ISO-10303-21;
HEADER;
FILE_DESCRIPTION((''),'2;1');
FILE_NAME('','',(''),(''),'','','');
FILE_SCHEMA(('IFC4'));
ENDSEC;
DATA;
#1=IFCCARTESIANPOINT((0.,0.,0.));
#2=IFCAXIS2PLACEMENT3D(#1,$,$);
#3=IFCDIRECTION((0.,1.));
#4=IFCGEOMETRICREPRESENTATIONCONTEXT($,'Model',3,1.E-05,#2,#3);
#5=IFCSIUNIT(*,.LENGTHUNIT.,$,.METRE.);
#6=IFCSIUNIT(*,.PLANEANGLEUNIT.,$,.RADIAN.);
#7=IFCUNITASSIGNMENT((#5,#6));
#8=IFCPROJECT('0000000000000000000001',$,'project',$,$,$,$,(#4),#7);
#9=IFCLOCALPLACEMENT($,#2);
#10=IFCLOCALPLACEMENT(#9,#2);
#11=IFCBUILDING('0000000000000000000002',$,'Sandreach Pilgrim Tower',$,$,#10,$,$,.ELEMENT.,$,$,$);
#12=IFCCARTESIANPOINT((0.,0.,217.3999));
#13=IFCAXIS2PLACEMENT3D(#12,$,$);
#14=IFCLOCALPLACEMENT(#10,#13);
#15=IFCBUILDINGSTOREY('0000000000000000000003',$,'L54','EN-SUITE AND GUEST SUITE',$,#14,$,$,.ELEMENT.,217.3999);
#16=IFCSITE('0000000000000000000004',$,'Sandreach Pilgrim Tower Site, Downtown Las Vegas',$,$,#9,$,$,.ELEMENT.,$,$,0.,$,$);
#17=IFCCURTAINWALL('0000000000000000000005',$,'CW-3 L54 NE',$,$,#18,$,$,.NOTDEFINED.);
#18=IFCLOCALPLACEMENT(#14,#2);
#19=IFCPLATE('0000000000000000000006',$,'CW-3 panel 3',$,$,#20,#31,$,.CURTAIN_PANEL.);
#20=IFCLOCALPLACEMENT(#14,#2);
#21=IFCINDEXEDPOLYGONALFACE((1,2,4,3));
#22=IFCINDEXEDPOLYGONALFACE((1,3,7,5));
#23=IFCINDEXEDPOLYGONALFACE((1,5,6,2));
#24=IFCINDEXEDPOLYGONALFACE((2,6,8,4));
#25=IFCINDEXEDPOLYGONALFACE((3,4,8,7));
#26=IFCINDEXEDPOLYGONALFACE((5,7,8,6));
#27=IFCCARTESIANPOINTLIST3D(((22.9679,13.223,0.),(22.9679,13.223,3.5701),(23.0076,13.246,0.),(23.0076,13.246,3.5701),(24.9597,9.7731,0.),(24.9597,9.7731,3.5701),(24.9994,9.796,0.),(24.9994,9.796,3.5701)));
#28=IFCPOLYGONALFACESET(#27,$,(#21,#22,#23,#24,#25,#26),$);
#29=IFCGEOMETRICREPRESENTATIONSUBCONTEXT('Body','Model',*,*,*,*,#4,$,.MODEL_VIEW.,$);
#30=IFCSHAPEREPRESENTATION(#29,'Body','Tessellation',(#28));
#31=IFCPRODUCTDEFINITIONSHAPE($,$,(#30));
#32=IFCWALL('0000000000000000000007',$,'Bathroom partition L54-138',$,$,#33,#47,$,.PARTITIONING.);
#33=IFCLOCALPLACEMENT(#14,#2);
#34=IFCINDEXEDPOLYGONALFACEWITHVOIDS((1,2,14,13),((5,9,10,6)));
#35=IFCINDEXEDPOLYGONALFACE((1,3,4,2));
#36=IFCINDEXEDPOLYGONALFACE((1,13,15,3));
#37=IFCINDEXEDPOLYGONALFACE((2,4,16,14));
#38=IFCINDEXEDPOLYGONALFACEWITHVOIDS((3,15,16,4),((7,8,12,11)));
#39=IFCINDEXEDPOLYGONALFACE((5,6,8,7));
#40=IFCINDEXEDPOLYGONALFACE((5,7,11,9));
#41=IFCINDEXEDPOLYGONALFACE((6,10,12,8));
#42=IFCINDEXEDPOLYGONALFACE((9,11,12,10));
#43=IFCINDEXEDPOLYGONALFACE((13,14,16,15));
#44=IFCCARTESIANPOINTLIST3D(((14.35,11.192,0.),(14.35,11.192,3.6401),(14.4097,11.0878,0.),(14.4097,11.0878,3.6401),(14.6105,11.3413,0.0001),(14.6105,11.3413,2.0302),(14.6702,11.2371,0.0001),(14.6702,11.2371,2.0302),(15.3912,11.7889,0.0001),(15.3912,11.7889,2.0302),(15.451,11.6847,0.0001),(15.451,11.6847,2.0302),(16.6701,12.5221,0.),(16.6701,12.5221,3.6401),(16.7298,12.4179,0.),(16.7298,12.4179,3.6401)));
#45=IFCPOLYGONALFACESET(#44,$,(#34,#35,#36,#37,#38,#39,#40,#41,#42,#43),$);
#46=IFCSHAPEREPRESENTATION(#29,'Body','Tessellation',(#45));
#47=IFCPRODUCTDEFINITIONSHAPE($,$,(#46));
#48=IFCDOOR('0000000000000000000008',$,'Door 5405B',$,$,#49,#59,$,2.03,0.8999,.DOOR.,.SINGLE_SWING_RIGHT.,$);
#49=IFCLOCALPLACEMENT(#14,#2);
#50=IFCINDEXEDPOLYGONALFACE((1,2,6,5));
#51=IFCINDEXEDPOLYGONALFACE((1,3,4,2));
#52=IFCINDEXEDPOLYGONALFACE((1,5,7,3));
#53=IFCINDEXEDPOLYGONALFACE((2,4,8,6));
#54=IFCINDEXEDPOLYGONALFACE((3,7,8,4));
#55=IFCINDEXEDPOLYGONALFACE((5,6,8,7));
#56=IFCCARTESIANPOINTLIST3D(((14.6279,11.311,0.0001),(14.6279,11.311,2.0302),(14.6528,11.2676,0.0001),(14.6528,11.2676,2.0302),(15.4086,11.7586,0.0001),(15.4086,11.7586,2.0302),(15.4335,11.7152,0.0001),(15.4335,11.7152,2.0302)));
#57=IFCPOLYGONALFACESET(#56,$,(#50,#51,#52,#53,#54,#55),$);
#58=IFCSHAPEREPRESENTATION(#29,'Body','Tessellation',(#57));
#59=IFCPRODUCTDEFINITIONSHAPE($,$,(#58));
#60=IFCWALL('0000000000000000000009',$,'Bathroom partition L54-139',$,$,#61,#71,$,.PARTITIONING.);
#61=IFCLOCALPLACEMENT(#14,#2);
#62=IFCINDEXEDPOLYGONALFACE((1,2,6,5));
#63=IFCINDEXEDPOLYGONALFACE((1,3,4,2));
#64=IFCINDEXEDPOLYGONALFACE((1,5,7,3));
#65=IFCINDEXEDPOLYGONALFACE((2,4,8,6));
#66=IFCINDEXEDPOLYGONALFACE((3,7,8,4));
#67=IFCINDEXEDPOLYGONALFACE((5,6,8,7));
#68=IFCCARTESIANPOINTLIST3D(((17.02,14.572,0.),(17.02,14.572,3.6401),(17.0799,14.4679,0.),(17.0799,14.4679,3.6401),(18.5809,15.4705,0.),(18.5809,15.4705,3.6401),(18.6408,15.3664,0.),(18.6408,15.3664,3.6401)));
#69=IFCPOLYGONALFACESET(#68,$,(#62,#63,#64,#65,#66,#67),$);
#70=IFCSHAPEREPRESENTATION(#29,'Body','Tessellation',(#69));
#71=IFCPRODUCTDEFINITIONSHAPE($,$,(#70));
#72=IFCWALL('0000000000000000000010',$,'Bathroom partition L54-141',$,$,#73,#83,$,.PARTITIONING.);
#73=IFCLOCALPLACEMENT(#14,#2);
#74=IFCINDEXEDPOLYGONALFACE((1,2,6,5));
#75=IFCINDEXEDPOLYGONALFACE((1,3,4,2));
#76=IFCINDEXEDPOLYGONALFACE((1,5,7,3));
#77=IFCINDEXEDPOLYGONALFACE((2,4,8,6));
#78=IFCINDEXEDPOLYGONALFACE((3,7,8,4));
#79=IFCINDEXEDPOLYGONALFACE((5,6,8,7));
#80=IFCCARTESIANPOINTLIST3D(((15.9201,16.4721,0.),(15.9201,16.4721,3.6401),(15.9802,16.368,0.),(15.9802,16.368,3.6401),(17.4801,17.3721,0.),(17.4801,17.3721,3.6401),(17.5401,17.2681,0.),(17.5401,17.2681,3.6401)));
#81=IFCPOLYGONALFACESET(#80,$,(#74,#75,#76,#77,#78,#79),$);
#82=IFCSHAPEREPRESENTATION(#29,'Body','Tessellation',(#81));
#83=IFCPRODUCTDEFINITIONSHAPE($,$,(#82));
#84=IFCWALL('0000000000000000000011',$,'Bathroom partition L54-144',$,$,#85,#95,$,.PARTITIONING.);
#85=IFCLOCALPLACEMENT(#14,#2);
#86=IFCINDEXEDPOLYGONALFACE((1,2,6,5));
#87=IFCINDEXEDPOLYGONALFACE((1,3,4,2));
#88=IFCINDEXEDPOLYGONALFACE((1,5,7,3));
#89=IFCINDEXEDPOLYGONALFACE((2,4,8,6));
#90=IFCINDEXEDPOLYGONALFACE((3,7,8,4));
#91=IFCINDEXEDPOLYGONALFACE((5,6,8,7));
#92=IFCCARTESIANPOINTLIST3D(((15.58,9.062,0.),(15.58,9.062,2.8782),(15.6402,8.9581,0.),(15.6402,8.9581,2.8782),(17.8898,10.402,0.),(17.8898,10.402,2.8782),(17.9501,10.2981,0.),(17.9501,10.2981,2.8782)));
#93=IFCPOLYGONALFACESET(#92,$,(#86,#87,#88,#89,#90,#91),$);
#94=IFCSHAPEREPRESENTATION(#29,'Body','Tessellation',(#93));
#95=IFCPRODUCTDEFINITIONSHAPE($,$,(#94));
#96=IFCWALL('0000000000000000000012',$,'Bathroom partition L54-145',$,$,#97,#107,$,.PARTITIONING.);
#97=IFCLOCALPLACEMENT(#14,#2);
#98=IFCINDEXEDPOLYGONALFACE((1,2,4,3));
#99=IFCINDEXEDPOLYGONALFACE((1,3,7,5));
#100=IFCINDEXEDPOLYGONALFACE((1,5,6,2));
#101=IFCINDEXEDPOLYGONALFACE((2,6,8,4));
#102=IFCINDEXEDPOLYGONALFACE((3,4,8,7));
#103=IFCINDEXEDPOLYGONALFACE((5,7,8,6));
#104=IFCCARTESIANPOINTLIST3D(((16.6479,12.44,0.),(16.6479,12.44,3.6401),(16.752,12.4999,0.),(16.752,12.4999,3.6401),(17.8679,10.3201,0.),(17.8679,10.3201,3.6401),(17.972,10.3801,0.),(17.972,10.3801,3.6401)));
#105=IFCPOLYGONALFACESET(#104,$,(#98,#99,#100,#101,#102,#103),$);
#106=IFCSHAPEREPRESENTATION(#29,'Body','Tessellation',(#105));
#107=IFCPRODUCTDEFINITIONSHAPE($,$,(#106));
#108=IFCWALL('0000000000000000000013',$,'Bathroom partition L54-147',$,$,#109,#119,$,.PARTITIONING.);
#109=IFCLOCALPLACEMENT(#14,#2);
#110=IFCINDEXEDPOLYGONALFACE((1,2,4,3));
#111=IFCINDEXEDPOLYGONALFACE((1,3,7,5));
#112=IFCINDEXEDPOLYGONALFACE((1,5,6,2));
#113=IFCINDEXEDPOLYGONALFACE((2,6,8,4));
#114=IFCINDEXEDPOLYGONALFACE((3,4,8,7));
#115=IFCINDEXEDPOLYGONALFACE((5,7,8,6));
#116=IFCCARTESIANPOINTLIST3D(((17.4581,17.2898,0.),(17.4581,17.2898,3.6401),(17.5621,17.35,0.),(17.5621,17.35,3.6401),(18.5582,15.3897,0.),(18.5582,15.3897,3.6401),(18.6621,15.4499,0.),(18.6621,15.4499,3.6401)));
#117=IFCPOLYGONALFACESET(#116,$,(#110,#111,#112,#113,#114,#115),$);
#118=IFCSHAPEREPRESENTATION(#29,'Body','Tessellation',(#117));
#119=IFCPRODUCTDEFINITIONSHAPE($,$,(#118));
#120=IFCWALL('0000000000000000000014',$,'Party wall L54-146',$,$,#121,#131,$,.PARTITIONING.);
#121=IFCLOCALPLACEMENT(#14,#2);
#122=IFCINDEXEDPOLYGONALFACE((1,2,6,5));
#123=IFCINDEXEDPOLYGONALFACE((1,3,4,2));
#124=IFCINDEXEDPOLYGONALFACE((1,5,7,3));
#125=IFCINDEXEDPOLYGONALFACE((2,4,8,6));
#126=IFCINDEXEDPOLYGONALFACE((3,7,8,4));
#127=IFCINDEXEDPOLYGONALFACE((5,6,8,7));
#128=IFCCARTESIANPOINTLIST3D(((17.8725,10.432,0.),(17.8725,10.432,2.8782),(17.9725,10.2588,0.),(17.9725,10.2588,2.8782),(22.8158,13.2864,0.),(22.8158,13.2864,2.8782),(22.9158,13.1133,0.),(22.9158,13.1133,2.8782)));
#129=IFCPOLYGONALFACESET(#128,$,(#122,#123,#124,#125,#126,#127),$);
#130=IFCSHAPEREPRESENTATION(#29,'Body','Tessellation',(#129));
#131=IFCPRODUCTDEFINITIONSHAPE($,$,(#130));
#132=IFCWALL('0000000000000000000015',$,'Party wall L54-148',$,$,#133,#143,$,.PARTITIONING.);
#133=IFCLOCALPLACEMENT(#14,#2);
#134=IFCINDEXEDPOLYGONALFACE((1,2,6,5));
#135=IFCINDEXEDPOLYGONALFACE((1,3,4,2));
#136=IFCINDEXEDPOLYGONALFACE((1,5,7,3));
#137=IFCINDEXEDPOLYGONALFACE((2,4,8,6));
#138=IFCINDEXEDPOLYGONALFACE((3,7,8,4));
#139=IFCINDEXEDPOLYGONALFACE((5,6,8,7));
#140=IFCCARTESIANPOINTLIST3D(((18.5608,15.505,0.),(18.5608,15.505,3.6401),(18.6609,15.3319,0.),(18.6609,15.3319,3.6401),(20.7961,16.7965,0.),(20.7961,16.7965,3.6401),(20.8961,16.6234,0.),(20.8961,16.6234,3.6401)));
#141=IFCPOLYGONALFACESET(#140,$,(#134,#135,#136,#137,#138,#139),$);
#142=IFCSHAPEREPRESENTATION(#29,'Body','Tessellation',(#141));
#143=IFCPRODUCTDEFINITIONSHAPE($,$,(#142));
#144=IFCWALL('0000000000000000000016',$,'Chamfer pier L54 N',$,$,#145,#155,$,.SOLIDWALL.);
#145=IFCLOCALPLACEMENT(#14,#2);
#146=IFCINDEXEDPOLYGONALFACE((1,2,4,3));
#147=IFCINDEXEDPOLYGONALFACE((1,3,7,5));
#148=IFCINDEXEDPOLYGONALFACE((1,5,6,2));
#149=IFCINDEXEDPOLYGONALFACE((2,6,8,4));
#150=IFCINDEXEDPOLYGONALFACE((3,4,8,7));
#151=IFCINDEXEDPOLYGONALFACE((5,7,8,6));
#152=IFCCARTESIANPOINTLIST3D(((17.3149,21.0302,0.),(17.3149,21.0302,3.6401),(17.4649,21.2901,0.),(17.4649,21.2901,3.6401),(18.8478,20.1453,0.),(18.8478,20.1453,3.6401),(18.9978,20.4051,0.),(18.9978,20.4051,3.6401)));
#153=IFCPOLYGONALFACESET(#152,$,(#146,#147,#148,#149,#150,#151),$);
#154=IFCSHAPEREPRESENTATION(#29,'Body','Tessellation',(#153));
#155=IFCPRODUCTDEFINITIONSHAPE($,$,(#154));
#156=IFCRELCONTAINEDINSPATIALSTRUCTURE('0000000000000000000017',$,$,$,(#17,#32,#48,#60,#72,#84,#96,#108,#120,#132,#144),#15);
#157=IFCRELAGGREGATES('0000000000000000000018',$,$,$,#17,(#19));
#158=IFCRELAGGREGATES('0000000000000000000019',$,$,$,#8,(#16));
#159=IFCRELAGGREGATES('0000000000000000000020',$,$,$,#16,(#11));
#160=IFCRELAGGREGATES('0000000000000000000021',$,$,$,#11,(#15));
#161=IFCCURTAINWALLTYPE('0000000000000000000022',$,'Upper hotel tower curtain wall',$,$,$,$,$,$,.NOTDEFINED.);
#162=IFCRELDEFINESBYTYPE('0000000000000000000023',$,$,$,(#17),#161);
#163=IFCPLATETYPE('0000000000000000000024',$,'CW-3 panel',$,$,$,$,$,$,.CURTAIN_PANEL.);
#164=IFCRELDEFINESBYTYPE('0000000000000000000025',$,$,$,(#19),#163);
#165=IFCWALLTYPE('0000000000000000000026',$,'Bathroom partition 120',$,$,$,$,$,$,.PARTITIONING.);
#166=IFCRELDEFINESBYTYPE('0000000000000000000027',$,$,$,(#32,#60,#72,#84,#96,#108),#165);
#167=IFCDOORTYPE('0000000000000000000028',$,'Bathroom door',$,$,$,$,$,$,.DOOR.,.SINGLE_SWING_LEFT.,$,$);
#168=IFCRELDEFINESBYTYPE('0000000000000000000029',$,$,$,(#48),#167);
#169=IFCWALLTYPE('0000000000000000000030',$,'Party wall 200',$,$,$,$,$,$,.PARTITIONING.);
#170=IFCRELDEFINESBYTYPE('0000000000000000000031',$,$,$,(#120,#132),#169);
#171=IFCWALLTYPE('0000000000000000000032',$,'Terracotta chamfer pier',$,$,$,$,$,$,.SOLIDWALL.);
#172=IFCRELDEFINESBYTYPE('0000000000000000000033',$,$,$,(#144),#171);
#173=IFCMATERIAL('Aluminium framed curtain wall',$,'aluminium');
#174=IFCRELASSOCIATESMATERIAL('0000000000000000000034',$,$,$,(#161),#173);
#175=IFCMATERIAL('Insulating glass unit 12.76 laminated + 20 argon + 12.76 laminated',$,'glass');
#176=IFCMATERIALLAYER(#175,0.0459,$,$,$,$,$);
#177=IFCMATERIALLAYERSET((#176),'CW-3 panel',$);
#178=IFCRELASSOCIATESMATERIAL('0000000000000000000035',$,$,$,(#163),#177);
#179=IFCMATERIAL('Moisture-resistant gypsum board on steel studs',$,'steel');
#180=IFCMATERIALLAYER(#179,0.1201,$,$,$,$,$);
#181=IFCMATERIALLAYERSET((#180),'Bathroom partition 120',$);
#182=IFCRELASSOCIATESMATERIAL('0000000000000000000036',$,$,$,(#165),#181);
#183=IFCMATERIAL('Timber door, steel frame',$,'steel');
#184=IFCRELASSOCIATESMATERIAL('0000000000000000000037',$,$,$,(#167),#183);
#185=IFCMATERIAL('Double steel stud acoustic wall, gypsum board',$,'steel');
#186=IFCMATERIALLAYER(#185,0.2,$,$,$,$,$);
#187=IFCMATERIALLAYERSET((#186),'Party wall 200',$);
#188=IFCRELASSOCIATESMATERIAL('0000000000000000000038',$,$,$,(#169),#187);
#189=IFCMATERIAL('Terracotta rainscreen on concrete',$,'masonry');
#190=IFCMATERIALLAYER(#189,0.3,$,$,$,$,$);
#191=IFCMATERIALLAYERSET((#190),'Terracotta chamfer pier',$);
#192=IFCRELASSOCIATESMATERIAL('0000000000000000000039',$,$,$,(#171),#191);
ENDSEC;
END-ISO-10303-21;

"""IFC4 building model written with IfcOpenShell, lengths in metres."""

from ifc_helpers import new_model, si_unit, direction, frame, frame_2d, origin, origin_2d, place, context, subcontext, project, spatial, rectangle, extrude, material, layer, layer_set, type_object, element, fill, aggregate, save


model = new_model("IFC4")

# Units and contexts
model_context = context("Model", 3, precision=1e-05, world=origin(), true_north=direction((0.0, 1.0)))
body_context = subcontext(model_context, "Body", "Model", "MODEL_VIEW")
ifc_project = project(units=[si_unit("LENGTHUNIT", "METRE"), si_unit("PLANEANGLEUNIT", "RADIAN")], contexts=[model_context])

# Site, building, storey
site_placement = place(None, origin())
site = spatial("IfcSite", under=ifc_project, at=site_placement, Name="Sandreach Pilgrim Tower Site, Downtown Las Vegas", CompositionType="ELEMENT", RefElevation=0.0)
building_placement = place(site_placement, origin())
building = spatial("IfcBuilding", under=site, at=building_placement, Name="Sandreach Pilgrim Tower", CompositionType="ELEMENT")
storey_placement = place(building_placement, frame((0.0, 0.0, 217.3999)))
storey = spatial("IfcBuildingStorey", under=building, at=storey_placement, Name="L54", Description="EN-SUITE AND GUEST SUITE", CompositionType="ELEMENT", Elevation=217.3999)

# Shared definitions
ifc_material_1 = material(Name="Aluminium framed curtain wall", Category="aluminium")
curtain_wall_type = type_object("IfcCurtainWallType", Name="Upper hotel tower curtain wall", PredefinedType="NOTDEFINED", material=ifc_material_1)

# Curtain wall
curtain_wall_1_placement = place(storey_placement, origin())
curtain_wall_1 = element("IfcCurtainWall", 1, at=curtain_wall_1_placement, inside=storey, type_object=curtain_wall_type, Name="CW-3 L54 NE", PredefinedType="NOTDEFINED")

# Plate
ifc_material_2 = material(Name="Insulating glass unit 12.76 laminated + 20 argon + 12.76 laminated", Category="glass")
ifc_layer_1 = layer(ifc_material_2, 0.0459)
ifc_layer_set_1 = layer_set([ifc_layer_1], Name="CW-3 panel")
plate_type = type_object("IfcPlateType", Name="CW-3 panel", PredefinedType="CURTAIN_PANEL", material=ifc_layer_set_1)
plate_1_placement = place(storey_placement, frame((23.9836, 11.5095, 0.0), z_axis=(0.0, 0.0, 1.0), x_axis=(0.5, -0.866025, 0.0)))
plate_1 = element("IfcPlate", 2, at=plate_1_placement, type_object=plate_type, Name="CW-3 panel 3", PredefinedType="CURTAIN_PANEL", context=body_context, shape_type="SweptSolid", body=[
    extrude(rectangle(XDim=3.9836, YDim=0.0459, at=origin_2d()), origin(), (0.0, 0.0, 1.0), 3.5701),
])
aggregate(curtain_wall_1, [plate_1])

# Wall, opening, door
ifc_material_3 = material(Name="Moisture-resistant gypsum board on steel studs", Category="steel")
ifc_layer_2 = layer(ifc_material_3, 0.1201)
ifc_layer_set_2 = layer_set([ifc_layer_2], Name="Bathroom partition 120")
wall_type_1 = type_object("IfcWallType", Name="Bathroom partition 120", PredefinedType="PARTITIONING", material=ifc_layer_set_2)
wall_1_placement = place(storey_placement, frame((16.7, 12.47, 0.0), z_axis=(0.0, 0.0, 1.0), x_axis=(-0.867546, -0.497358, 0.0)))
wall_1 = element("IfcWall", 3, at=wall_1_placement, inside=storey, type_object=wall_type_1, Name="Bathroom partition L54-138", PredefinedType="PARTITIONING", context=body_context, shape_type="SweptSolid", body=[
    extrude(rectangle(XDim=2.6743, YDim=0.1201, at=frame_2d((1.3372, 0.0))), origin(), (0.0, 0.0, 1.0), 3.6401),
])
opening_placement = place(wall_1_placement, frame((1.4741, 0.0, 0.0)))
opening = element("IfcOpeningElement", 4, at=opening_placement, cuts=wall_1, PredefinedType="OPENING", context=body_context, shape_type="SweptSolid", body=[
    extrude(rectangle(XDim=0.8999, YDim=2.03, at=frame_2d((0.45, 1.0151))), frame((0.0, 0.0601, 0.0), z_axis=(0.0, -1.0, 0.0), x_axis=(1.0, 0.0, 0.0)), (0.0, 0.0, 1.0), 0.1201),
])
ifc_material_4 = material(Name="Timber door, steel frame", Category="steel")
door_type = type_object("IfcDoorType", Name="Bathroom door", OperationType="SINGLE_SWING_LEFT", PredefinedType="DOOR", material=ifc_material_4)
door_placement = place(opening_placement, origin())
door = element("IfcDoor", 5, at=door_placement, inside=storey, type_object=door_type, Name="Door 5405B", OperationType="SINGLE_SWING_RIGHT", OverallHeight=2.03, OverallWidth=0.8999, PredefinedType="DOOR", context=body_context, shape_type="SweptSolid", body=[
    extrude(rectangle(XDim=0.8999, YDim=2.03, at=frame_2d((0.45, 1.0151))), frame((0.0, 0.0249, 0.0), z_axis=(0.0, -1.0, 0.0), x_axis=(1.0, 0.0, 0.0)), (0.0, 0.0, 1.0), 0.05),
])
fill(opening, door)

# Walls
for number, where, z_axis, x_axis, name in (
    (6, (17.05, 14.52, 0.0), (0.0, 0.0, 1.0), (0.86667, 0.498881, 0.0), "Bathroom partition L54-139"),
    (7, (17.51, 17.3201, 0.0), (0.0, 0.0, 1.0), (-0.866159, -0.499769, 0.0), "Bathroom partition L54-141"),
):
    element("IfcWall", number, at=place(storey_placement, frame(where, z_axis=z_axis, x_axis=x_axis)), inside=storey, type_object=wall_type_1, Name=name, PredefinedType="PARTITIONING", context=body_context, shape_type="SweptSolid", body=[
        extrude(rectangle(XDim=1.801, YDim=0.1201, at=frame_2d((0.9004, 0.0))), origin(), (0.0, 0.0, 1.0), 3.6401),
    ])
wall_2_placement = place(storey_placement, frame((17.9199, 10.3501, 0.0), z_axis=(0.0, 0.0, 1.0), x_axis=(-0.864967, -0.501829, 0.0)))
element("IfcWall", 8, at=wall_2_placement, inside=storey, type_object=wall_type_1, Name="Bathroom partition L54-144", PredefinedType="PARTITIONING", context=body_context, shape_type="SweptSolid", body=[
    extrude(rectangle(XDim=2.6704, YDim=0.1201, at=frame_2d((1.3352, 0.0))), origin(), (0.0, 0.0, 1.0), 2.8782),
])
wall_3_placement = place(storey_placement, frame((17.9199, 10.3501, 0.0), z_axis=(0.0, 0.0, 1.0), x_axis=(-0.498792, 0.866722, 0.0)))
element("IfcWall", 9, at=wall_3_placement, inside=storey, type_object=wall_type_1, Name="Bathroom partition L54-145", PredefinedType="PARTITIONING", context=body_context, shape_type="SweptSolid", body=[
    extrude(rectangle(XDim=2.4458, YDim=0.1201, at=frame_2d((1.2229, 0.0))), origin(), (0.0, 0.0, 1.0), 3.6401),
])
wall_4_placement = place(storey_placement, frame((18.6101, 15.4199, 0.0), z_axis=(0.0, 0.0, 1.0), x_axis=(-0.501041, 0.865424, 0.0)))
element("IfcWall", 10, at=wall_4_placement, inside=storey, type_object=wall_type_1, Name="Bathroom partition L54-147", PredefinedType="PARTITIONING", context=body_context, shape_type="SweptSolid", body=[
    extrude(rectangle(XDim=2.1956, YDim=0.1201, at=frame_2d((1.0977, 0.0))), origin(), (0.0, 0.0, 1.0), 3.6401),
])
ifc_material_5 = material(Name="Double steel stud acoustic wall, gypsum board", Category="steel")
ifc_layer_3 = layer(ifc_material_5, 0.2)
ifc_layer_set_3 = layer_set([ifc_layer_3], Name="Party wall 200")
wall_type_2 = type_object("IfcWallType", Name="Party wall 200", PredefinedType="PARTITIONING", material=ifc_layer_set_3)
wall_5_placement = place(storey_placement, frame((17.9226, 10.3455, 0.0), z_axis=(0.0, 0.0, 1.0), x_axis=(0.865992, 0.500058, 0.0)))
element("IfcWall", 11, at=wall_5_placement, inside=storey, type_object=wall_type_2, Name="Party wall L54-146", PredefinedType="PARTITIONING", context=body_context, shape_type="SweptSolid", body=[
    extrude(rectangle(XDim=5.7083, YDim=0.2, at=frame_2d((2.854, 0.0))), origin(), (0.0, 0.0, 1.0), 2.8782),
])
wall_6_placement = place(storey_placement, frame((18.6108, 15.4185, 0.0), z_axis=(0.0, 0.0, 1.0), x_axis=(0.865871, 0.500268, 0.0)))
element("IfcWall", 12, at=wall_6_placement, inside=storey, type_object=wall_type_2, Name="Party wall L54-148", PredefinedType="PARTITIONING", context=body_context, shape_type="SweptSolid", body=[
    extrude(rectangle(XDim=2.5815, YDim=0.2, at=frame_2d((1.2908, 0.0))), origin(), (0.0, 0.0, 1.0), 3.6401),
])
ifc_material_6 = material(Name="Terracotta rainscreen on concrete", Category="masonry")
ifc_layer_4 = layer(ifc_material_6, 0.3)
ifc_layer_set_4 = layer_set([ifc_layer_4], Name="Terracotta chamfer pier")
wall_type_3 = type_object("IfcWallType", Name="Terracotta chamfer pier", PredefinedType="SOLIDWALL", material=ifc_layer_set_4)
wall_7_placement = place(storey_placement, frame((17.3899, 21.1602, 0.0), z_axis=(0.0, 0.0, 1.0), x_axis=(0.866036, -0.499981, 0.0)))
element("IfcWall", 13, at=wall_7_placement, inside=storey, type_object=wall_type_3, Name="Chamfer pier L54 N", PredefinedType="SOLIDWALL", context=body_context, shape_type="SweptSolid", body=[
    extrude(rectangle(XDim=1.77, YDim=0.3, at=frame_2d((0.885, 0.0))), origin(), (0.0, 0.0, 1.0), 3.6401),
])

save(model, "model.ifc")
